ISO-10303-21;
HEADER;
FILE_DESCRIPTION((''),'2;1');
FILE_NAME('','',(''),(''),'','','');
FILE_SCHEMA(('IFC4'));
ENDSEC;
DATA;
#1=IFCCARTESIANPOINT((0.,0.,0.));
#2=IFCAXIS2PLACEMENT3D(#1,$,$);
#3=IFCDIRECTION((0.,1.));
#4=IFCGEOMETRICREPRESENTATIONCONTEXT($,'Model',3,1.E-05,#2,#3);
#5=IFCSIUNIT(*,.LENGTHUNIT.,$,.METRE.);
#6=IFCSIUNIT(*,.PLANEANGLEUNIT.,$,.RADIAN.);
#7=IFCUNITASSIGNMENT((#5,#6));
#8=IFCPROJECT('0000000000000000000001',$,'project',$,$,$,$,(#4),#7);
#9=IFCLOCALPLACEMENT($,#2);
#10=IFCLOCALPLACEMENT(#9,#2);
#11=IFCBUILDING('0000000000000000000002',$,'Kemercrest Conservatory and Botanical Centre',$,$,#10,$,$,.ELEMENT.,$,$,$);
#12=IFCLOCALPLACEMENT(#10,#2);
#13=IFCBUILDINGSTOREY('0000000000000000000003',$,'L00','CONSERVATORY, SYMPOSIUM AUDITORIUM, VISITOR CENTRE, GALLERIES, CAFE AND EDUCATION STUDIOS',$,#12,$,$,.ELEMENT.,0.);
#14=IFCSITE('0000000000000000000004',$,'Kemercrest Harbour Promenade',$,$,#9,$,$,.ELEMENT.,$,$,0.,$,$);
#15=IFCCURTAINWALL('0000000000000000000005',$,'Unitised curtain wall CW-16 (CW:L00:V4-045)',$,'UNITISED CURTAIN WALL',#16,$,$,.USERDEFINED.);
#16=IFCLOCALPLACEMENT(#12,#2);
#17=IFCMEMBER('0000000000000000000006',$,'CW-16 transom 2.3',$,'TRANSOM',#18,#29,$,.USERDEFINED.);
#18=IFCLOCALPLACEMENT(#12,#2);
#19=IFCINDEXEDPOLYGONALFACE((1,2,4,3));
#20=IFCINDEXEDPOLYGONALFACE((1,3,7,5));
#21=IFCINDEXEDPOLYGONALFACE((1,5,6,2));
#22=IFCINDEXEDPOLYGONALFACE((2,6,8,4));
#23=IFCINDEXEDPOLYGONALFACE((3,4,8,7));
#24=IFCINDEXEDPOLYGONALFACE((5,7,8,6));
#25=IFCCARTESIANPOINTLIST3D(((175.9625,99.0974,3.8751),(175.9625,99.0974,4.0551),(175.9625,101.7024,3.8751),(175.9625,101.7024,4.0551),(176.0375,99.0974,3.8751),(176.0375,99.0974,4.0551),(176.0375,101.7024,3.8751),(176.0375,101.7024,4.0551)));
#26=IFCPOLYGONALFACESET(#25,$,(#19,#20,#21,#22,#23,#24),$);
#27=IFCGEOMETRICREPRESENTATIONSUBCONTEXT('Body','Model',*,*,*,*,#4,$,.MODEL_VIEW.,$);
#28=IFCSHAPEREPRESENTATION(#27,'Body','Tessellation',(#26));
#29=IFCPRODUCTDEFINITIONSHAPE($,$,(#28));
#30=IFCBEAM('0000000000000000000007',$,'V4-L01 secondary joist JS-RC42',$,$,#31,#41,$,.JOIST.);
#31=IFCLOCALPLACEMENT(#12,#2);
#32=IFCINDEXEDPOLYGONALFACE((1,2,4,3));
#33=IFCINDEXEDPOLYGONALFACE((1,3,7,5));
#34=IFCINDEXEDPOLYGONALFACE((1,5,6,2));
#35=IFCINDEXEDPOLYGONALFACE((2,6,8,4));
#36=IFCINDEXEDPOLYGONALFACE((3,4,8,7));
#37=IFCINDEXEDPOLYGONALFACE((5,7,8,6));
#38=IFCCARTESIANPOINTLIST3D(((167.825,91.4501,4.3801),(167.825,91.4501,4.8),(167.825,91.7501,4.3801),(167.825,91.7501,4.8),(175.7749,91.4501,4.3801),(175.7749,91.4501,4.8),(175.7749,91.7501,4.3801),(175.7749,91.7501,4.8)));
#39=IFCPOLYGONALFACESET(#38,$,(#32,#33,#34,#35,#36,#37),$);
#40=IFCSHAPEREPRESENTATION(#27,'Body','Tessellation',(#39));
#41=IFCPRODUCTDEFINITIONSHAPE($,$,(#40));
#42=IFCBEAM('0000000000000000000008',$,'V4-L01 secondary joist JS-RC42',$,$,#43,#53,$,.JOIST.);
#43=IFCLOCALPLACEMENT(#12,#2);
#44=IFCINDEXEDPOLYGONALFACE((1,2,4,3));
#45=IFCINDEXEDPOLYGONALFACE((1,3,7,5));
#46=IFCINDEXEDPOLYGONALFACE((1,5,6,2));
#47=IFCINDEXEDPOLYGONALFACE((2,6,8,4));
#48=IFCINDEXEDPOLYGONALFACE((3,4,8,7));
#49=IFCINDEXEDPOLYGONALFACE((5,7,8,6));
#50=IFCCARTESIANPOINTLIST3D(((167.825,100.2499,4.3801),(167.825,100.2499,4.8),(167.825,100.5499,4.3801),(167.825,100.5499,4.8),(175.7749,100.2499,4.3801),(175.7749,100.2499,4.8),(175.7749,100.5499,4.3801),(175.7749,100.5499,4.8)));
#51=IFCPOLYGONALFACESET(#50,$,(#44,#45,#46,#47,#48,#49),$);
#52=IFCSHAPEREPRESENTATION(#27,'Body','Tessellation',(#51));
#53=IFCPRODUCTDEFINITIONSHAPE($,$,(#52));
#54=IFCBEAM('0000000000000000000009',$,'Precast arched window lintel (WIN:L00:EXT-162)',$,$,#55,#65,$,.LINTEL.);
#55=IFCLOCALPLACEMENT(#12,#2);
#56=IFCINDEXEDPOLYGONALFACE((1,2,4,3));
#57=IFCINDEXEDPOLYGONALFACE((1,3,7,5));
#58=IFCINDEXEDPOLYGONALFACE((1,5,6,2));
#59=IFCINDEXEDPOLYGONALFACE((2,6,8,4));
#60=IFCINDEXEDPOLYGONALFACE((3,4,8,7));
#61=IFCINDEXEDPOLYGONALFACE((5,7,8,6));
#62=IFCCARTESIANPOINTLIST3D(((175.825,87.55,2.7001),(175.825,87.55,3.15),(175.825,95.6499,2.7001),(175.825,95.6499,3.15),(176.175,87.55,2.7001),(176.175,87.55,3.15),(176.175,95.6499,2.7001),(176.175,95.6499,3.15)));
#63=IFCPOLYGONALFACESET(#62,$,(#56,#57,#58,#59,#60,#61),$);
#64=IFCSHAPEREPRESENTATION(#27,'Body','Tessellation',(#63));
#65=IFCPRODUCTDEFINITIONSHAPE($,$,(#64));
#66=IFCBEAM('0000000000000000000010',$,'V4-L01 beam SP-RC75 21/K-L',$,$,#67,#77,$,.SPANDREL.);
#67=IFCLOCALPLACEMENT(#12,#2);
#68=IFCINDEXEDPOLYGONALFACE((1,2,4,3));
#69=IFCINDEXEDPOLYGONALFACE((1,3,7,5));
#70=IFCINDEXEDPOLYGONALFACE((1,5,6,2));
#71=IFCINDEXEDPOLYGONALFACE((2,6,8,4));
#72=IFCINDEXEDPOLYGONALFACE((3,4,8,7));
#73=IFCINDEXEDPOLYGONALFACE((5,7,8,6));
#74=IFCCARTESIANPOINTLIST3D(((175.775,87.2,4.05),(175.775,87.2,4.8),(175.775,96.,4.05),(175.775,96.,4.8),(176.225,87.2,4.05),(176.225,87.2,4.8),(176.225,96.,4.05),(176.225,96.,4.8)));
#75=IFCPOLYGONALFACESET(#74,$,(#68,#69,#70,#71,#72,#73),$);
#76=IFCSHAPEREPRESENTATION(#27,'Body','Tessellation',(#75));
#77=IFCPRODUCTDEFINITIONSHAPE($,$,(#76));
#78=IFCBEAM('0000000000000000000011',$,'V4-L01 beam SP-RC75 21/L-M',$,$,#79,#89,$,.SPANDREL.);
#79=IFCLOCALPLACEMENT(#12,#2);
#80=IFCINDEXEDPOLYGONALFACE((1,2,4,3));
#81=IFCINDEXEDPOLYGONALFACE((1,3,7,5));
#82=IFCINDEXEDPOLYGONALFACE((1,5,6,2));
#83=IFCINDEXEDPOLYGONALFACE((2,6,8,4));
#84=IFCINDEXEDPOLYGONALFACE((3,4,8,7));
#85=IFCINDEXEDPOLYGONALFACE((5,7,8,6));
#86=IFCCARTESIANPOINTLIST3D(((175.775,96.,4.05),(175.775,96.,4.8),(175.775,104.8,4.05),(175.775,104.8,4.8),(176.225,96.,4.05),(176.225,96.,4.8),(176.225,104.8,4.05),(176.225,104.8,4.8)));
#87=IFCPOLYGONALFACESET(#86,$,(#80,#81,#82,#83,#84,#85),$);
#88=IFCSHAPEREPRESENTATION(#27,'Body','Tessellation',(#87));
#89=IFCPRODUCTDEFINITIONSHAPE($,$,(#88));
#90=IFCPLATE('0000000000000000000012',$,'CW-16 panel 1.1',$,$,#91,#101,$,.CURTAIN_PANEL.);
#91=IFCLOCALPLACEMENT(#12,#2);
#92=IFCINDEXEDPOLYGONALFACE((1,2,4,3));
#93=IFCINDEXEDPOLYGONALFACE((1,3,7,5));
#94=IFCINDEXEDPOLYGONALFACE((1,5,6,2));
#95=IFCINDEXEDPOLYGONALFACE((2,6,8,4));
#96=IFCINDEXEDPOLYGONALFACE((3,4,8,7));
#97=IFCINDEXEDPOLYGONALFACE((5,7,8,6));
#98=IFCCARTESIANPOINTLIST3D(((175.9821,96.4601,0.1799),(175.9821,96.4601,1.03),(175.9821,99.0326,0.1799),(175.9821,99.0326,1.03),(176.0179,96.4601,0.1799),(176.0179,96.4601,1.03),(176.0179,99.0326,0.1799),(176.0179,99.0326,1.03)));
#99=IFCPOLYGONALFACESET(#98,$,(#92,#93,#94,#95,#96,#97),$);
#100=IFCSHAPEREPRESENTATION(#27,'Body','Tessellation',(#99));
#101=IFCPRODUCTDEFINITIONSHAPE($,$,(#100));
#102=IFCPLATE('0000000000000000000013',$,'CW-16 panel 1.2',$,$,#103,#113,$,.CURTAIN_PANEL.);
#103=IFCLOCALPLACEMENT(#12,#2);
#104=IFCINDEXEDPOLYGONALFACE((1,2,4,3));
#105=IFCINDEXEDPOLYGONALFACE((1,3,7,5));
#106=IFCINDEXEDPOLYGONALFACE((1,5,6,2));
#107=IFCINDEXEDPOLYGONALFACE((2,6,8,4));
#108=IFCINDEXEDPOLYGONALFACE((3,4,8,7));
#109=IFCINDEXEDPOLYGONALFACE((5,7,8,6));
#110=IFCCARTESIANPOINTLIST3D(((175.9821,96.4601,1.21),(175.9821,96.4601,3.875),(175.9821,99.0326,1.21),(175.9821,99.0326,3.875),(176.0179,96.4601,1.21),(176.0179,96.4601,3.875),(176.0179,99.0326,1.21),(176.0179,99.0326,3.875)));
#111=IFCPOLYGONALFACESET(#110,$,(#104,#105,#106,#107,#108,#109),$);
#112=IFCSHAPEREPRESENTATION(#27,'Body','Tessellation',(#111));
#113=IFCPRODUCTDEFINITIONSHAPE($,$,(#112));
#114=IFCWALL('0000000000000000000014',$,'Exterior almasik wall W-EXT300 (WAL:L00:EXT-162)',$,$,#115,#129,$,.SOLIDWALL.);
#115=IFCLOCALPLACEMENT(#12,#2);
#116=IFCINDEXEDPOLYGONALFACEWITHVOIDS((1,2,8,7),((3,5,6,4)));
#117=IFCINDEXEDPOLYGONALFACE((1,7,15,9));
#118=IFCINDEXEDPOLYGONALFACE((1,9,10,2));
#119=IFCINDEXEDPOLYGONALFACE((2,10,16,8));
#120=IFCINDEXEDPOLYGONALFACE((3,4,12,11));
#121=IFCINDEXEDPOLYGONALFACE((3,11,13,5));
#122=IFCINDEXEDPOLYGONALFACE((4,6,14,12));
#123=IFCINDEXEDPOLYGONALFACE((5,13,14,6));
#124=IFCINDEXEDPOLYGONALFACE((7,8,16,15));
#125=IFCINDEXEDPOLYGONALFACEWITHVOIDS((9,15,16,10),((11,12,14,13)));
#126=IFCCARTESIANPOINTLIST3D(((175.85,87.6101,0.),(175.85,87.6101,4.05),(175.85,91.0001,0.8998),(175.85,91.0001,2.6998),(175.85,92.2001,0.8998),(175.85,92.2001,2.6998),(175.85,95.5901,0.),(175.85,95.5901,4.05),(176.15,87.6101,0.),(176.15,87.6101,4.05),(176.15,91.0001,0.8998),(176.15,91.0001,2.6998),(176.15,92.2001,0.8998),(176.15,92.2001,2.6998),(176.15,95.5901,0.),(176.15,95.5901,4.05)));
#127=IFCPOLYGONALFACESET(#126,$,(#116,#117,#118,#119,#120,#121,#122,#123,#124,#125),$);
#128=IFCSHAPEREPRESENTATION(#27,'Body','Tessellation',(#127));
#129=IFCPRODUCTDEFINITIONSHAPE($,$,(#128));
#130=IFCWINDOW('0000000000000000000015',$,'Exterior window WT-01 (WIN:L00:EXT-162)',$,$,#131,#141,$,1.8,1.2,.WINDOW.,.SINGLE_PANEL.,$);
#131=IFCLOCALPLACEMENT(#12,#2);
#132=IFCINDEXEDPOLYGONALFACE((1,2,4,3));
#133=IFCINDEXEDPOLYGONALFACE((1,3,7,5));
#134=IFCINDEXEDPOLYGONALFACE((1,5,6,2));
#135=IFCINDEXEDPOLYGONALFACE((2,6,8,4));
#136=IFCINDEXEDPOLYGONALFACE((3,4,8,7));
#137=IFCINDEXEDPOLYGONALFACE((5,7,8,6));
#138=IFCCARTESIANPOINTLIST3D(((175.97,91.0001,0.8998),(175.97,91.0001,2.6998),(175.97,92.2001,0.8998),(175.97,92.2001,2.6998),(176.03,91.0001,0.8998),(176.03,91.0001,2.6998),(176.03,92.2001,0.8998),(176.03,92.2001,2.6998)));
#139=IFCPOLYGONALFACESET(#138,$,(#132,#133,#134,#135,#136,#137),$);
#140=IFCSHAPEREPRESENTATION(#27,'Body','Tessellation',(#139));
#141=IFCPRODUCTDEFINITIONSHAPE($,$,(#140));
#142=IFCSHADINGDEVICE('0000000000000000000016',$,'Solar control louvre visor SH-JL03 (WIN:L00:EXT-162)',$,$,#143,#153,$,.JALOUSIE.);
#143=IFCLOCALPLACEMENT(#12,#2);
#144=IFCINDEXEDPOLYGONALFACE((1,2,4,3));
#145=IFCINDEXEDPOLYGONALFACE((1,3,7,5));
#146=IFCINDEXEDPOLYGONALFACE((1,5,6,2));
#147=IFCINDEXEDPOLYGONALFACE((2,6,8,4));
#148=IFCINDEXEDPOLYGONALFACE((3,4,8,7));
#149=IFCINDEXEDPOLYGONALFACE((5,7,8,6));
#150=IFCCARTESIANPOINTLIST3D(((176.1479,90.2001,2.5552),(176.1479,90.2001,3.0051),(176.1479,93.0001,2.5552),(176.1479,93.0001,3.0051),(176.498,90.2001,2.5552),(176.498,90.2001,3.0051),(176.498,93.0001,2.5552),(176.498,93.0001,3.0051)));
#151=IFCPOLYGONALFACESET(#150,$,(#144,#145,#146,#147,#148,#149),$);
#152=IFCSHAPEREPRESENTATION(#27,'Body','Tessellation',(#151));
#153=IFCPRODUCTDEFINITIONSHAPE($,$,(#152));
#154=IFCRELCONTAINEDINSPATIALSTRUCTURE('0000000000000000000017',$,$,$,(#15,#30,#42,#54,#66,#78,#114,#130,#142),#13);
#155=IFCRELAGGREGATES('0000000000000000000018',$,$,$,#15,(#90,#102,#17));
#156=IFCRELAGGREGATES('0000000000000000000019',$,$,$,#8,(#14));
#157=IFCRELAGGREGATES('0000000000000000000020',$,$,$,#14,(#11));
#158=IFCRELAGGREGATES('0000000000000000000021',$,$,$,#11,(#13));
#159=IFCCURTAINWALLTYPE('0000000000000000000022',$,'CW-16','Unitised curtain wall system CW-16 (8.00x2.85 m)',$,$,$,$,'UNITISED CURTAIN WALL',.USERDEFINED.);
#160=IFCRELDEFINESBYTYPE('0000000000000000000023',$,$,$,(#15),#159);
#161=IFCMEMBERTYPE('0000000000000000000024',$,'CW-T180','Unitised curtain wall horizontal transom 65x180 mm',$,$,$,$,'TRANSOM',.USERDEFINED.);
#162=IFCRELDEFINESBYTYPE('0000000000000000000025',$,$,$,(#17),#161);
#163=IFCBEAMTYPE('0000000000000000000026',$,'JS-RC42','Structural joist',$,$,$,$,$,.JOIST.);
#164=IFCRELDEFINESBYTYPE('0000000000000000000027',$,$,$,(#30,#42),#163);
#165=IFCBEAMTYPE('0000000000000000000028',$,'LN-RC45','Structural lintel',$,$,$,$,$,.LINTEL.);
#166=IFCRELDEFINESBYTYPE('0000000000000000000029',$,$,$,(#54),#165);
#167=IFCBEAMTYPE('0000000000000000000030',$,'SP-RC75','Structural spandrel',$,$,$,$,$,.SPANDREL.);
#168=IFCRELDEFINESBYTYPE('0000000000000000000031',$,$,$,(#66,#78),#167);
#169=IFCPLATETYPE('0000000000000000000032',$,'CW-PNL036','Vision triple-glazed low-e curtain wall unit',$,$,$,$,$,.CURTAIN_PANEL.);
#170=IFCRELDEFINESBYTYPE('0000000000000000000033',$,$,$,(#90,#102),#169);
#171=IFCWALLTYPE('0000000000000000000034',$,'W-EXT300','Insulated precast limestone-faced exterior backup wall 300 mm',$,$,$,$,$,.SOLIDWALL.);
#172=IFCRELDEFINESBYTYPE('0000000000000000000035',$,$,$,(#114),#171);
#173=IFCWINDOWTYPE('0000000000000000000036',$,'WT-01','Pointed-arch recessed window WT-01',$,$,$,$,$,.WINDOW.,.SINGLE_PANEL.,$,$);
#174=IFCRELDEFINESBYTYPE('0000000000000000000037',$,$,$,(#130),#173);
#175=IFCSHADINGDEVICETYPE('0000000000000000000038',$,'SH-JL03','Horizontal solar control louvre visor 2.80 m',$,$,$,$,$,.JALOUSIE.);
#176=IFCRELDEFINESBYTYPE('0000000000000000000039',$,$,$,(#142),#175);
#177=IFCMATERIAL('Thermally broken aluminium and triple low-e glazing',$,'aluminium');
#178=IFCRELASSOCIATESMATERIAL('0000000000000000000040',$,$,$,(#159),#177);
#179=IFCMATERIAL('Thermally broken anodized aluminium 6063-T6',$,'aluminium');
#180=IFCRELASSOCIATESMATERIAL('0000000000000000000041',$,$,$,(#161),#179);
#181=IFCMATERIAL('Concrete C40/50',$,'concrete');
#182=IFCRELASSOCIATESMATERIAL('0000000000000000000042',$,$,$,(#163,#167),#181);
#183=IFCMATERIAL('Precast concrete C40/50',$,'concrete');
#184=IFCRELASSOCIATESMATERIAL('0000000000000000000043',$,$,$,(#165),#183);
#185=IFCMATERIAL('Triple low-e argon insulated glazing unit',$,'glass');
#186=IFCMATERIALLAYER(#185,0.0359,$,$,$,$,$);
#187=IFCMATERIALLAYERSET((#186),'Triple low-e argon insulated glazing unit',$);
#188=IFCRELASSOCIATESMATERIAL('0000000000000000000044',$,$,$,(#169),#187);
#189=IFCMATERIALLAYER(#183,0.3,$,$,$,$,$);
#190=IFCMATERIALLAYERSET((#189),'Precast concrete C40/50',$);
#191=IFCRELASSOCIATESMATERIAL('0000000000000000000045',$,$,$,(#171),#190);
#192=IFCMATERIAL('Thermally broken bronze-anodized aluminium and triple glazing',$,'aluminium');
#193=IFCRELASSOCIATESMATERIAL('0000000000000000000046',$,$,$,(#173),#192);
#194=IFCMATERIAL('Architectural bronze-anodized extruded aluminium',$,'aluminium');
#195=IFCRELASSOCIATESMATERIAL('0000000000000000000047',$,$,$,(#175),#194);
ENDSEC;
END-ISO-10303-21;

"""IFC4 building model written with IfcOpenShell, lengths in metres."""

from ifc_helpers import new_model, si_unit, direction, frame, frame_2d, origin, origin_2d, place, context, subcontext, project, spatial, rectangle, extrude, material, layer, layer_set, material_profile, profile_set, type_object, element, fill, aggregate, save


model = new_model("IFC4")

# Units and contexts
model_context = context("Model", 3, precision=1e-05, world=origin(), true_north=direction((0.0, 1.0)))
body_context = subcontext(model_context, "Body", "Model", "MODEL_VIEW")
ifc_project = project(units=[si_unit("LENGTHUNIT", "METRE"), si_unit("PLANEANGLEUNIT", "RADIAN")], contexts=[model_context])

# Site, building, storey
site_placement = place(None, origin())
site = spatial("IfcSite", under=ifc_project, at=site_placement, Name="Kemercrest Harbour Promenade", CompositionType="ELEMENT", RefElevation=0.0)
building_placement = place(site_placement, origin())
building = spatial("IfcBuilding", under=site, at=building_placement, Name="Kemercrest Conservatory and Botanical Centre", CompositionType="ELEMENT")
storey_placement = place(building_placement, origin())
storey = spatial("IfcBuildingStorey", under=building, at=storey_placement, Name="L00", Description="CONSERVATORY, SYMPOSIUM AUDITORIUM, VISITOR CENTRE, GALLERIES, CAFE AND EDUCATION STUDIOS", CompositionType="ELEMENT", Elevation=0.0)

# Shared definitions
ifc_material_1 = material(Name="Concrete C40/50", Category="concrete")

# Curtain wall, member
ifc_material_2 = material(Name="Thermally broken aluminium and triple low-e glazing", Category="aluminium")
curtain_wall_type = type_object("IfcCurtainWallType", Name="CW-16", Description="Unitised curtain wall system CW-16 (8.00x2.85 m)", ElementType="UNITISED CURTAIN WALL", PredefinedType="USERDEFINED", material=ifc_material_2)
curtain_wall_placement = place(storey_placement, origin())
curtain_wall = element("IfcCurtainWall", 1, at=curtain_wall_placement, inside=storey, type_object=curtain_wall_type, Name="Unitised curtain wall CW-16 (CW:L00:V4-045)", ObjectType="UNITISED CURTAIN WALL", PredefinedType="USERDEFINED")
ifc_material_3 = material(Name="Thermally broken anodized aluminium 6063-T6", Category="aluminium")
ifc_material_profile_1 = material_profile(ifc_material_3, rectangle(XDim=0.075, YDim=0.1799, at=origin_2d()), Name="AL TRANSOM 75x180")
ifc_profile_set_1 = profile_set([ifc_material_profile_1], Name="Thermally broken anodized aluminium 6063-T6")
member_type_1 = type_object("IfcMemberType", Name="CW-T180", Description="Unitised curtain wall horizontal transom 65x180 mm", ElementType="TRANSOM", PredefinedType="USERDEFINED", material=ifc_profile_set_1)
member_1_placement = place(storey_placement, frame((176.0, 99.0974, 3.9651), z_axis=(0.0, 1.0, 0.0), x_axis=(-1.0, 0.0, 0.0)))
member_1 = element("IfcMember", 2, at=member_1_placement, type_object=member_type_1, Name="CW-16 transom 2.3", ObjectType="TRANSOM", PredefinedType="USERDEFINED", context=body_context, shape_type="SweptSolid", body=[
    extrude(rectangle(XDim=0.075, YDim=0.1799, at=origin_2d()), origin(), (0.0, 0.0, 1.0), 2.605),
])

# Beams
ifc_material_profile_2 = material_profile(ifc_material_1, rectangle(XDim=0.3, YDim=0.4199, at=origin_2d()), Name="RC 300x420")
ifc_profile_set_2 = profile_set([ifc_material_profile_2], Name="Concrete C40/50")
beam_type_1 = type_object("IfcBeamType", Name="JS-RC42", Description="Structural joist", PredefinedType="JOIST", material=ifc_profile_set_2)
for number, where, z_axis, x_axis, name in (
    (3, (167.825, 91.6001, 4.5901), (1.0, 0.0, 0.0), (0.0, 1.0, 0.0), "V4-L01 secondary joist JS-RC42"),
    (4, (167.825, 100.3999, 4.5901), (1.0, 0.0, 0.0), (0.0, 1.0, 0.0), "V4-L01 secondary joist JS-RC42"),
):
    element("IfcBeam", number, at=place(storey_placement, frame(where, z_axis=z_axis, x_axis=x_axis)), inside=storey, type_object=beam_type_1, Name=name, PredefinedType="JOIST", context=body_context, shape_type="SweptSolid", body=[
        extrude(rectangle(XDim=0.3, YDim=0.4199, at=origin_2d()), origin(), (0.0, 0.0, 1.0), 7.95),
    ])
ifc_material_4 = material(Name="Precast concrete C40/50", Category="concrete")
ifc_material_profile_3 = material_profile(ifc_material_4, rectangle(XDim=0.3501, YDim=0.45, at=origin_2d()), Name="RC 350x450")
ifc_profile_set_3 = profile_set([ifc_material_profile_3], Name="Precast concrete C40/50")
beam_type_2 = type_object("IfcBeamType", Name="LN-RC45", Description="Structural lintel", PredefinedType="LINTEL", material=ifc_profile_set_3)
beam_placement = place(storey_placement, frame((176.0, 87.55, 2.925), z_axis=(0.0, 1.0, 0.0), x_axis=(-1.0, 0.0, 0.0)))
element("IfcBeam", 5, at=beam_placement, inside=storey, type_object=beam_type_2, Name="Precast arched window lintel (WIN:L00:EXT-162)", PredefinedType="LINTEL", context=body_context, shape_type="SweptSolid", body=[
    extrude(rectangle(XDim=0.3501, YDim=0.45, at=origin_2d()), origin(), (0.0, 0.0, 1.0), 8.0999),
])
ifc_material_profile_4 = material_profile(ifc_material_1, rectangle(XDim=0.45, YDim=0.75, at=origin_2d()), Name="RC 450x750")
ifc_profile_set_4 = profile_set([ifc_material_profile_4], Name="Concrete C40/50")
beam_type_3 = type_object("IfcBeamType", Name="SP-RC75", Description="Structural spandrel", PredefinedType="SPANDREL", material=ifc_profile_set_4)
for number, where, z_axis, x_axis, name in (
    (6, (176.0, 87.2, 4.425), (0.0, 1.0, 0.0), (-1.0, 0.0, 0.0), "V4-L01 beam SP-RC75 21/K-L"),
    (7, (176.0, 96.0, 4.425), (0.0, 1.0, 0.0), (-1.0, 0.0, 0.0), "V4-L01 beam SP-RC75 21/L-M"),
):
    element("IfcBeam", number, at=place(storey_placement, frame(where, z_axis=z_axis, x_axis=x_axis)), inside=storey, type_object=beam_type_3, Name=name, PredefinedType="SPANDREL", context=body_context, shape_type="SweptSolid", body=[
        extrude(rectangle(XDim=0.45, YDim=0.75, at=origin_2d()), origin(), (0.0, 0.0, 1.0), 8.8),
    ])

# Plates
ifc_material_5 = material(Name="Triple low-e argon insulated glazing unit", Category="glass")
ifc_layer_1 = layer(ifc_material_5, 0.0359)
ifc_layer_set_1 = layer_set([ifc_layer_1], Name="Triple low-e argon insulated glazing unit")
plate_type = type_object("IfcPlateType", Name="CW-PNL036", Description="Vision triple-glazed low-e curtain wall unit", PredefinedType="CURTAIN_PANEL", material=ifc_layer_set_1)
plate_1_placement = place(storey_placement, frame((176.0, 97.7463, 0.1799), z_axis=(0.0, 0.0, 1.0), x_axis=(0.0, 1.0, 0.0)))
plate_1 = element("IfcPlate", 8, at=plate_1_placement, type_object=plate_type, Name="CW-16 panel 1.1", PredefinedType="CURTAIN_PANEL", context=body_context, shape_type="SweptSolid", body=[
    extrude(rectangle(XDim=2.5725, YDim=0.0359, at=origin_2d()), origin(), (0.0, 0.0, 1.0), 0.8501),
])
plate_2_placement = place(storey_placement, frame((176.0, 97.7463, 1.21), z_axis=(0.0, 0.0, 1.0), x_axis=(0.0, 1.0, 0.0)))
plate_2 = element("IfcPlate", 9, at=plate_2_placement, type_object=plate_type, Name="CW-16 panel 1.2", PredefinedType="CURTAIN_PANEL", context=body_context, shape_type="SweptSolid", body=[
    extrude(rectangle(XDim=2.5725, YDim=0.0359, at=origin_2d()), origin(), (0.0, 0.0, 1.0), 2.665),
])
aggregate(curtain_wall, [plate_1, plate_2, member_1])

# Wall, opening, window
ifc_layer_2 = layer(ifc_material_4, 0.3)
ifc_layer_set_2 = layer_set([ifc_layer_2], Name="Precast concrete C40/50")
wall_type = type_object("IfcWallType", Name="W-EXT300", Description="Insulated precast limestone-faced exterior backup wall 300 mm", PredefinedType="SOLIDWALL", material=ifc_layer_set_2)
wall_placement = place(storey_placement, frame((176.0, 87.6101, 0.0), z_axis=(0.0, 0.0, 1.0), x_axis=(0.0, 1.0, 0.0)))
wall = element("IfcWall", 10, at=wall_placement, inside=storey, type_object=wall_type, Name="Exterior almasik wall W-EXT300 (WAL:L00:EXT-162)", PredefinedType="SOLIDWALL", context=body_context, shape_type="SweptSolid", body=[
    extrude(rectangle(XDim=7.98, YDim=0.3, at=frame_2d((3.99, 0.0))), origin(), (0.0, 0.0, 1.0), 4.05),
])
opening_placement = place(wall_placement, frame((3.3899, 0.0, 0.8999)))
opening = element("IfcOpeningElement", 11, at=opening_placement, cuts=wall, PredefinedType="OPENING", context=body_context, shape_type="SweptSolid", body=[
    extrude(rectangle(XDim=1.2, YDim=1.8, at=frame_2d((0.6001, 0.8999))), frame((0.0, 0.1602, 0.0), z_axis=(0.0, -1.0, 0.0), x_axis=(1.0, 0.0, 0.0)), (0.0, 0.0, 1.0), 0.3201),
])
ifc_material_6 = material(Name="Thermally broken bronze-anodized aluminium and triple glazing", Category="aluminium")
window_type = type_object("IfcWindowType", Name="WT-01", Description="Pointed-arch recessed window WT-01", PartitioningType="SINGLE_PANEL", PredefinedType="WINDOW", material=ifc_material_6)
window_placement = place(opening_placement, origin())
window = element("IfcWindow", 12, at=window_placement, inside=storey, type_object=window_type, Name="Exterior window WT-01 (WIN:L00:EXT-162)", OverallHeight=1.8, OverallWidth=1.2, PartitioningType="SINGLE_PANEL", PredefinedType="WINDOW", context=body_context, shape_type="SweptSolid", body=[
    extrude(rectangle(XDim=1.2, YDim=1.8, at=frame_2d((0.6001, 0.8999))), frame((0.0, 0.03, 0.0), z_axis=(0.0, -1.0, 0.0), x_axis=(1.0, 0.0, 0.0)), (0.0, 0.0, 1.0), 0.0601),
])
fill(opening, window)

# Shading device
ifc_material_7 = material(Name="Architectural bronze-anodized extruded aluminium", Category="aluminium")
shading_device_type = type_object("IfcShadingDeviceType", Name="SH-JL03", Description="Horizontal solar control louvre visor 2.80 m", PredefinedType="JALOUSIE", material=ifc_material_7)
shading_device_placement = place(storey_placement, frame((176.323, 91.6001, 2.5552), z_axis=(0.0, 0.0, 1.0), x_axis=(0.0, 1.0, 0.0)))
element("IfcShadingDevice", 13, at=shading_device_placement, inside=storey, type_object=shading_device_type, Name="Solar control louvre visor SH-JL03 (WIN:L00:EXT-162)", PredefinedType="JALOUSIE", context=body_context, shape_type="SweptSolid", body=[
    extrude(rectangle(XDim=2.8, YDim=0.3501, at=origin_2d()), origin(), (0.0, 0.0, 1.0), 0.45),
])

save(model, "model.ifc")
